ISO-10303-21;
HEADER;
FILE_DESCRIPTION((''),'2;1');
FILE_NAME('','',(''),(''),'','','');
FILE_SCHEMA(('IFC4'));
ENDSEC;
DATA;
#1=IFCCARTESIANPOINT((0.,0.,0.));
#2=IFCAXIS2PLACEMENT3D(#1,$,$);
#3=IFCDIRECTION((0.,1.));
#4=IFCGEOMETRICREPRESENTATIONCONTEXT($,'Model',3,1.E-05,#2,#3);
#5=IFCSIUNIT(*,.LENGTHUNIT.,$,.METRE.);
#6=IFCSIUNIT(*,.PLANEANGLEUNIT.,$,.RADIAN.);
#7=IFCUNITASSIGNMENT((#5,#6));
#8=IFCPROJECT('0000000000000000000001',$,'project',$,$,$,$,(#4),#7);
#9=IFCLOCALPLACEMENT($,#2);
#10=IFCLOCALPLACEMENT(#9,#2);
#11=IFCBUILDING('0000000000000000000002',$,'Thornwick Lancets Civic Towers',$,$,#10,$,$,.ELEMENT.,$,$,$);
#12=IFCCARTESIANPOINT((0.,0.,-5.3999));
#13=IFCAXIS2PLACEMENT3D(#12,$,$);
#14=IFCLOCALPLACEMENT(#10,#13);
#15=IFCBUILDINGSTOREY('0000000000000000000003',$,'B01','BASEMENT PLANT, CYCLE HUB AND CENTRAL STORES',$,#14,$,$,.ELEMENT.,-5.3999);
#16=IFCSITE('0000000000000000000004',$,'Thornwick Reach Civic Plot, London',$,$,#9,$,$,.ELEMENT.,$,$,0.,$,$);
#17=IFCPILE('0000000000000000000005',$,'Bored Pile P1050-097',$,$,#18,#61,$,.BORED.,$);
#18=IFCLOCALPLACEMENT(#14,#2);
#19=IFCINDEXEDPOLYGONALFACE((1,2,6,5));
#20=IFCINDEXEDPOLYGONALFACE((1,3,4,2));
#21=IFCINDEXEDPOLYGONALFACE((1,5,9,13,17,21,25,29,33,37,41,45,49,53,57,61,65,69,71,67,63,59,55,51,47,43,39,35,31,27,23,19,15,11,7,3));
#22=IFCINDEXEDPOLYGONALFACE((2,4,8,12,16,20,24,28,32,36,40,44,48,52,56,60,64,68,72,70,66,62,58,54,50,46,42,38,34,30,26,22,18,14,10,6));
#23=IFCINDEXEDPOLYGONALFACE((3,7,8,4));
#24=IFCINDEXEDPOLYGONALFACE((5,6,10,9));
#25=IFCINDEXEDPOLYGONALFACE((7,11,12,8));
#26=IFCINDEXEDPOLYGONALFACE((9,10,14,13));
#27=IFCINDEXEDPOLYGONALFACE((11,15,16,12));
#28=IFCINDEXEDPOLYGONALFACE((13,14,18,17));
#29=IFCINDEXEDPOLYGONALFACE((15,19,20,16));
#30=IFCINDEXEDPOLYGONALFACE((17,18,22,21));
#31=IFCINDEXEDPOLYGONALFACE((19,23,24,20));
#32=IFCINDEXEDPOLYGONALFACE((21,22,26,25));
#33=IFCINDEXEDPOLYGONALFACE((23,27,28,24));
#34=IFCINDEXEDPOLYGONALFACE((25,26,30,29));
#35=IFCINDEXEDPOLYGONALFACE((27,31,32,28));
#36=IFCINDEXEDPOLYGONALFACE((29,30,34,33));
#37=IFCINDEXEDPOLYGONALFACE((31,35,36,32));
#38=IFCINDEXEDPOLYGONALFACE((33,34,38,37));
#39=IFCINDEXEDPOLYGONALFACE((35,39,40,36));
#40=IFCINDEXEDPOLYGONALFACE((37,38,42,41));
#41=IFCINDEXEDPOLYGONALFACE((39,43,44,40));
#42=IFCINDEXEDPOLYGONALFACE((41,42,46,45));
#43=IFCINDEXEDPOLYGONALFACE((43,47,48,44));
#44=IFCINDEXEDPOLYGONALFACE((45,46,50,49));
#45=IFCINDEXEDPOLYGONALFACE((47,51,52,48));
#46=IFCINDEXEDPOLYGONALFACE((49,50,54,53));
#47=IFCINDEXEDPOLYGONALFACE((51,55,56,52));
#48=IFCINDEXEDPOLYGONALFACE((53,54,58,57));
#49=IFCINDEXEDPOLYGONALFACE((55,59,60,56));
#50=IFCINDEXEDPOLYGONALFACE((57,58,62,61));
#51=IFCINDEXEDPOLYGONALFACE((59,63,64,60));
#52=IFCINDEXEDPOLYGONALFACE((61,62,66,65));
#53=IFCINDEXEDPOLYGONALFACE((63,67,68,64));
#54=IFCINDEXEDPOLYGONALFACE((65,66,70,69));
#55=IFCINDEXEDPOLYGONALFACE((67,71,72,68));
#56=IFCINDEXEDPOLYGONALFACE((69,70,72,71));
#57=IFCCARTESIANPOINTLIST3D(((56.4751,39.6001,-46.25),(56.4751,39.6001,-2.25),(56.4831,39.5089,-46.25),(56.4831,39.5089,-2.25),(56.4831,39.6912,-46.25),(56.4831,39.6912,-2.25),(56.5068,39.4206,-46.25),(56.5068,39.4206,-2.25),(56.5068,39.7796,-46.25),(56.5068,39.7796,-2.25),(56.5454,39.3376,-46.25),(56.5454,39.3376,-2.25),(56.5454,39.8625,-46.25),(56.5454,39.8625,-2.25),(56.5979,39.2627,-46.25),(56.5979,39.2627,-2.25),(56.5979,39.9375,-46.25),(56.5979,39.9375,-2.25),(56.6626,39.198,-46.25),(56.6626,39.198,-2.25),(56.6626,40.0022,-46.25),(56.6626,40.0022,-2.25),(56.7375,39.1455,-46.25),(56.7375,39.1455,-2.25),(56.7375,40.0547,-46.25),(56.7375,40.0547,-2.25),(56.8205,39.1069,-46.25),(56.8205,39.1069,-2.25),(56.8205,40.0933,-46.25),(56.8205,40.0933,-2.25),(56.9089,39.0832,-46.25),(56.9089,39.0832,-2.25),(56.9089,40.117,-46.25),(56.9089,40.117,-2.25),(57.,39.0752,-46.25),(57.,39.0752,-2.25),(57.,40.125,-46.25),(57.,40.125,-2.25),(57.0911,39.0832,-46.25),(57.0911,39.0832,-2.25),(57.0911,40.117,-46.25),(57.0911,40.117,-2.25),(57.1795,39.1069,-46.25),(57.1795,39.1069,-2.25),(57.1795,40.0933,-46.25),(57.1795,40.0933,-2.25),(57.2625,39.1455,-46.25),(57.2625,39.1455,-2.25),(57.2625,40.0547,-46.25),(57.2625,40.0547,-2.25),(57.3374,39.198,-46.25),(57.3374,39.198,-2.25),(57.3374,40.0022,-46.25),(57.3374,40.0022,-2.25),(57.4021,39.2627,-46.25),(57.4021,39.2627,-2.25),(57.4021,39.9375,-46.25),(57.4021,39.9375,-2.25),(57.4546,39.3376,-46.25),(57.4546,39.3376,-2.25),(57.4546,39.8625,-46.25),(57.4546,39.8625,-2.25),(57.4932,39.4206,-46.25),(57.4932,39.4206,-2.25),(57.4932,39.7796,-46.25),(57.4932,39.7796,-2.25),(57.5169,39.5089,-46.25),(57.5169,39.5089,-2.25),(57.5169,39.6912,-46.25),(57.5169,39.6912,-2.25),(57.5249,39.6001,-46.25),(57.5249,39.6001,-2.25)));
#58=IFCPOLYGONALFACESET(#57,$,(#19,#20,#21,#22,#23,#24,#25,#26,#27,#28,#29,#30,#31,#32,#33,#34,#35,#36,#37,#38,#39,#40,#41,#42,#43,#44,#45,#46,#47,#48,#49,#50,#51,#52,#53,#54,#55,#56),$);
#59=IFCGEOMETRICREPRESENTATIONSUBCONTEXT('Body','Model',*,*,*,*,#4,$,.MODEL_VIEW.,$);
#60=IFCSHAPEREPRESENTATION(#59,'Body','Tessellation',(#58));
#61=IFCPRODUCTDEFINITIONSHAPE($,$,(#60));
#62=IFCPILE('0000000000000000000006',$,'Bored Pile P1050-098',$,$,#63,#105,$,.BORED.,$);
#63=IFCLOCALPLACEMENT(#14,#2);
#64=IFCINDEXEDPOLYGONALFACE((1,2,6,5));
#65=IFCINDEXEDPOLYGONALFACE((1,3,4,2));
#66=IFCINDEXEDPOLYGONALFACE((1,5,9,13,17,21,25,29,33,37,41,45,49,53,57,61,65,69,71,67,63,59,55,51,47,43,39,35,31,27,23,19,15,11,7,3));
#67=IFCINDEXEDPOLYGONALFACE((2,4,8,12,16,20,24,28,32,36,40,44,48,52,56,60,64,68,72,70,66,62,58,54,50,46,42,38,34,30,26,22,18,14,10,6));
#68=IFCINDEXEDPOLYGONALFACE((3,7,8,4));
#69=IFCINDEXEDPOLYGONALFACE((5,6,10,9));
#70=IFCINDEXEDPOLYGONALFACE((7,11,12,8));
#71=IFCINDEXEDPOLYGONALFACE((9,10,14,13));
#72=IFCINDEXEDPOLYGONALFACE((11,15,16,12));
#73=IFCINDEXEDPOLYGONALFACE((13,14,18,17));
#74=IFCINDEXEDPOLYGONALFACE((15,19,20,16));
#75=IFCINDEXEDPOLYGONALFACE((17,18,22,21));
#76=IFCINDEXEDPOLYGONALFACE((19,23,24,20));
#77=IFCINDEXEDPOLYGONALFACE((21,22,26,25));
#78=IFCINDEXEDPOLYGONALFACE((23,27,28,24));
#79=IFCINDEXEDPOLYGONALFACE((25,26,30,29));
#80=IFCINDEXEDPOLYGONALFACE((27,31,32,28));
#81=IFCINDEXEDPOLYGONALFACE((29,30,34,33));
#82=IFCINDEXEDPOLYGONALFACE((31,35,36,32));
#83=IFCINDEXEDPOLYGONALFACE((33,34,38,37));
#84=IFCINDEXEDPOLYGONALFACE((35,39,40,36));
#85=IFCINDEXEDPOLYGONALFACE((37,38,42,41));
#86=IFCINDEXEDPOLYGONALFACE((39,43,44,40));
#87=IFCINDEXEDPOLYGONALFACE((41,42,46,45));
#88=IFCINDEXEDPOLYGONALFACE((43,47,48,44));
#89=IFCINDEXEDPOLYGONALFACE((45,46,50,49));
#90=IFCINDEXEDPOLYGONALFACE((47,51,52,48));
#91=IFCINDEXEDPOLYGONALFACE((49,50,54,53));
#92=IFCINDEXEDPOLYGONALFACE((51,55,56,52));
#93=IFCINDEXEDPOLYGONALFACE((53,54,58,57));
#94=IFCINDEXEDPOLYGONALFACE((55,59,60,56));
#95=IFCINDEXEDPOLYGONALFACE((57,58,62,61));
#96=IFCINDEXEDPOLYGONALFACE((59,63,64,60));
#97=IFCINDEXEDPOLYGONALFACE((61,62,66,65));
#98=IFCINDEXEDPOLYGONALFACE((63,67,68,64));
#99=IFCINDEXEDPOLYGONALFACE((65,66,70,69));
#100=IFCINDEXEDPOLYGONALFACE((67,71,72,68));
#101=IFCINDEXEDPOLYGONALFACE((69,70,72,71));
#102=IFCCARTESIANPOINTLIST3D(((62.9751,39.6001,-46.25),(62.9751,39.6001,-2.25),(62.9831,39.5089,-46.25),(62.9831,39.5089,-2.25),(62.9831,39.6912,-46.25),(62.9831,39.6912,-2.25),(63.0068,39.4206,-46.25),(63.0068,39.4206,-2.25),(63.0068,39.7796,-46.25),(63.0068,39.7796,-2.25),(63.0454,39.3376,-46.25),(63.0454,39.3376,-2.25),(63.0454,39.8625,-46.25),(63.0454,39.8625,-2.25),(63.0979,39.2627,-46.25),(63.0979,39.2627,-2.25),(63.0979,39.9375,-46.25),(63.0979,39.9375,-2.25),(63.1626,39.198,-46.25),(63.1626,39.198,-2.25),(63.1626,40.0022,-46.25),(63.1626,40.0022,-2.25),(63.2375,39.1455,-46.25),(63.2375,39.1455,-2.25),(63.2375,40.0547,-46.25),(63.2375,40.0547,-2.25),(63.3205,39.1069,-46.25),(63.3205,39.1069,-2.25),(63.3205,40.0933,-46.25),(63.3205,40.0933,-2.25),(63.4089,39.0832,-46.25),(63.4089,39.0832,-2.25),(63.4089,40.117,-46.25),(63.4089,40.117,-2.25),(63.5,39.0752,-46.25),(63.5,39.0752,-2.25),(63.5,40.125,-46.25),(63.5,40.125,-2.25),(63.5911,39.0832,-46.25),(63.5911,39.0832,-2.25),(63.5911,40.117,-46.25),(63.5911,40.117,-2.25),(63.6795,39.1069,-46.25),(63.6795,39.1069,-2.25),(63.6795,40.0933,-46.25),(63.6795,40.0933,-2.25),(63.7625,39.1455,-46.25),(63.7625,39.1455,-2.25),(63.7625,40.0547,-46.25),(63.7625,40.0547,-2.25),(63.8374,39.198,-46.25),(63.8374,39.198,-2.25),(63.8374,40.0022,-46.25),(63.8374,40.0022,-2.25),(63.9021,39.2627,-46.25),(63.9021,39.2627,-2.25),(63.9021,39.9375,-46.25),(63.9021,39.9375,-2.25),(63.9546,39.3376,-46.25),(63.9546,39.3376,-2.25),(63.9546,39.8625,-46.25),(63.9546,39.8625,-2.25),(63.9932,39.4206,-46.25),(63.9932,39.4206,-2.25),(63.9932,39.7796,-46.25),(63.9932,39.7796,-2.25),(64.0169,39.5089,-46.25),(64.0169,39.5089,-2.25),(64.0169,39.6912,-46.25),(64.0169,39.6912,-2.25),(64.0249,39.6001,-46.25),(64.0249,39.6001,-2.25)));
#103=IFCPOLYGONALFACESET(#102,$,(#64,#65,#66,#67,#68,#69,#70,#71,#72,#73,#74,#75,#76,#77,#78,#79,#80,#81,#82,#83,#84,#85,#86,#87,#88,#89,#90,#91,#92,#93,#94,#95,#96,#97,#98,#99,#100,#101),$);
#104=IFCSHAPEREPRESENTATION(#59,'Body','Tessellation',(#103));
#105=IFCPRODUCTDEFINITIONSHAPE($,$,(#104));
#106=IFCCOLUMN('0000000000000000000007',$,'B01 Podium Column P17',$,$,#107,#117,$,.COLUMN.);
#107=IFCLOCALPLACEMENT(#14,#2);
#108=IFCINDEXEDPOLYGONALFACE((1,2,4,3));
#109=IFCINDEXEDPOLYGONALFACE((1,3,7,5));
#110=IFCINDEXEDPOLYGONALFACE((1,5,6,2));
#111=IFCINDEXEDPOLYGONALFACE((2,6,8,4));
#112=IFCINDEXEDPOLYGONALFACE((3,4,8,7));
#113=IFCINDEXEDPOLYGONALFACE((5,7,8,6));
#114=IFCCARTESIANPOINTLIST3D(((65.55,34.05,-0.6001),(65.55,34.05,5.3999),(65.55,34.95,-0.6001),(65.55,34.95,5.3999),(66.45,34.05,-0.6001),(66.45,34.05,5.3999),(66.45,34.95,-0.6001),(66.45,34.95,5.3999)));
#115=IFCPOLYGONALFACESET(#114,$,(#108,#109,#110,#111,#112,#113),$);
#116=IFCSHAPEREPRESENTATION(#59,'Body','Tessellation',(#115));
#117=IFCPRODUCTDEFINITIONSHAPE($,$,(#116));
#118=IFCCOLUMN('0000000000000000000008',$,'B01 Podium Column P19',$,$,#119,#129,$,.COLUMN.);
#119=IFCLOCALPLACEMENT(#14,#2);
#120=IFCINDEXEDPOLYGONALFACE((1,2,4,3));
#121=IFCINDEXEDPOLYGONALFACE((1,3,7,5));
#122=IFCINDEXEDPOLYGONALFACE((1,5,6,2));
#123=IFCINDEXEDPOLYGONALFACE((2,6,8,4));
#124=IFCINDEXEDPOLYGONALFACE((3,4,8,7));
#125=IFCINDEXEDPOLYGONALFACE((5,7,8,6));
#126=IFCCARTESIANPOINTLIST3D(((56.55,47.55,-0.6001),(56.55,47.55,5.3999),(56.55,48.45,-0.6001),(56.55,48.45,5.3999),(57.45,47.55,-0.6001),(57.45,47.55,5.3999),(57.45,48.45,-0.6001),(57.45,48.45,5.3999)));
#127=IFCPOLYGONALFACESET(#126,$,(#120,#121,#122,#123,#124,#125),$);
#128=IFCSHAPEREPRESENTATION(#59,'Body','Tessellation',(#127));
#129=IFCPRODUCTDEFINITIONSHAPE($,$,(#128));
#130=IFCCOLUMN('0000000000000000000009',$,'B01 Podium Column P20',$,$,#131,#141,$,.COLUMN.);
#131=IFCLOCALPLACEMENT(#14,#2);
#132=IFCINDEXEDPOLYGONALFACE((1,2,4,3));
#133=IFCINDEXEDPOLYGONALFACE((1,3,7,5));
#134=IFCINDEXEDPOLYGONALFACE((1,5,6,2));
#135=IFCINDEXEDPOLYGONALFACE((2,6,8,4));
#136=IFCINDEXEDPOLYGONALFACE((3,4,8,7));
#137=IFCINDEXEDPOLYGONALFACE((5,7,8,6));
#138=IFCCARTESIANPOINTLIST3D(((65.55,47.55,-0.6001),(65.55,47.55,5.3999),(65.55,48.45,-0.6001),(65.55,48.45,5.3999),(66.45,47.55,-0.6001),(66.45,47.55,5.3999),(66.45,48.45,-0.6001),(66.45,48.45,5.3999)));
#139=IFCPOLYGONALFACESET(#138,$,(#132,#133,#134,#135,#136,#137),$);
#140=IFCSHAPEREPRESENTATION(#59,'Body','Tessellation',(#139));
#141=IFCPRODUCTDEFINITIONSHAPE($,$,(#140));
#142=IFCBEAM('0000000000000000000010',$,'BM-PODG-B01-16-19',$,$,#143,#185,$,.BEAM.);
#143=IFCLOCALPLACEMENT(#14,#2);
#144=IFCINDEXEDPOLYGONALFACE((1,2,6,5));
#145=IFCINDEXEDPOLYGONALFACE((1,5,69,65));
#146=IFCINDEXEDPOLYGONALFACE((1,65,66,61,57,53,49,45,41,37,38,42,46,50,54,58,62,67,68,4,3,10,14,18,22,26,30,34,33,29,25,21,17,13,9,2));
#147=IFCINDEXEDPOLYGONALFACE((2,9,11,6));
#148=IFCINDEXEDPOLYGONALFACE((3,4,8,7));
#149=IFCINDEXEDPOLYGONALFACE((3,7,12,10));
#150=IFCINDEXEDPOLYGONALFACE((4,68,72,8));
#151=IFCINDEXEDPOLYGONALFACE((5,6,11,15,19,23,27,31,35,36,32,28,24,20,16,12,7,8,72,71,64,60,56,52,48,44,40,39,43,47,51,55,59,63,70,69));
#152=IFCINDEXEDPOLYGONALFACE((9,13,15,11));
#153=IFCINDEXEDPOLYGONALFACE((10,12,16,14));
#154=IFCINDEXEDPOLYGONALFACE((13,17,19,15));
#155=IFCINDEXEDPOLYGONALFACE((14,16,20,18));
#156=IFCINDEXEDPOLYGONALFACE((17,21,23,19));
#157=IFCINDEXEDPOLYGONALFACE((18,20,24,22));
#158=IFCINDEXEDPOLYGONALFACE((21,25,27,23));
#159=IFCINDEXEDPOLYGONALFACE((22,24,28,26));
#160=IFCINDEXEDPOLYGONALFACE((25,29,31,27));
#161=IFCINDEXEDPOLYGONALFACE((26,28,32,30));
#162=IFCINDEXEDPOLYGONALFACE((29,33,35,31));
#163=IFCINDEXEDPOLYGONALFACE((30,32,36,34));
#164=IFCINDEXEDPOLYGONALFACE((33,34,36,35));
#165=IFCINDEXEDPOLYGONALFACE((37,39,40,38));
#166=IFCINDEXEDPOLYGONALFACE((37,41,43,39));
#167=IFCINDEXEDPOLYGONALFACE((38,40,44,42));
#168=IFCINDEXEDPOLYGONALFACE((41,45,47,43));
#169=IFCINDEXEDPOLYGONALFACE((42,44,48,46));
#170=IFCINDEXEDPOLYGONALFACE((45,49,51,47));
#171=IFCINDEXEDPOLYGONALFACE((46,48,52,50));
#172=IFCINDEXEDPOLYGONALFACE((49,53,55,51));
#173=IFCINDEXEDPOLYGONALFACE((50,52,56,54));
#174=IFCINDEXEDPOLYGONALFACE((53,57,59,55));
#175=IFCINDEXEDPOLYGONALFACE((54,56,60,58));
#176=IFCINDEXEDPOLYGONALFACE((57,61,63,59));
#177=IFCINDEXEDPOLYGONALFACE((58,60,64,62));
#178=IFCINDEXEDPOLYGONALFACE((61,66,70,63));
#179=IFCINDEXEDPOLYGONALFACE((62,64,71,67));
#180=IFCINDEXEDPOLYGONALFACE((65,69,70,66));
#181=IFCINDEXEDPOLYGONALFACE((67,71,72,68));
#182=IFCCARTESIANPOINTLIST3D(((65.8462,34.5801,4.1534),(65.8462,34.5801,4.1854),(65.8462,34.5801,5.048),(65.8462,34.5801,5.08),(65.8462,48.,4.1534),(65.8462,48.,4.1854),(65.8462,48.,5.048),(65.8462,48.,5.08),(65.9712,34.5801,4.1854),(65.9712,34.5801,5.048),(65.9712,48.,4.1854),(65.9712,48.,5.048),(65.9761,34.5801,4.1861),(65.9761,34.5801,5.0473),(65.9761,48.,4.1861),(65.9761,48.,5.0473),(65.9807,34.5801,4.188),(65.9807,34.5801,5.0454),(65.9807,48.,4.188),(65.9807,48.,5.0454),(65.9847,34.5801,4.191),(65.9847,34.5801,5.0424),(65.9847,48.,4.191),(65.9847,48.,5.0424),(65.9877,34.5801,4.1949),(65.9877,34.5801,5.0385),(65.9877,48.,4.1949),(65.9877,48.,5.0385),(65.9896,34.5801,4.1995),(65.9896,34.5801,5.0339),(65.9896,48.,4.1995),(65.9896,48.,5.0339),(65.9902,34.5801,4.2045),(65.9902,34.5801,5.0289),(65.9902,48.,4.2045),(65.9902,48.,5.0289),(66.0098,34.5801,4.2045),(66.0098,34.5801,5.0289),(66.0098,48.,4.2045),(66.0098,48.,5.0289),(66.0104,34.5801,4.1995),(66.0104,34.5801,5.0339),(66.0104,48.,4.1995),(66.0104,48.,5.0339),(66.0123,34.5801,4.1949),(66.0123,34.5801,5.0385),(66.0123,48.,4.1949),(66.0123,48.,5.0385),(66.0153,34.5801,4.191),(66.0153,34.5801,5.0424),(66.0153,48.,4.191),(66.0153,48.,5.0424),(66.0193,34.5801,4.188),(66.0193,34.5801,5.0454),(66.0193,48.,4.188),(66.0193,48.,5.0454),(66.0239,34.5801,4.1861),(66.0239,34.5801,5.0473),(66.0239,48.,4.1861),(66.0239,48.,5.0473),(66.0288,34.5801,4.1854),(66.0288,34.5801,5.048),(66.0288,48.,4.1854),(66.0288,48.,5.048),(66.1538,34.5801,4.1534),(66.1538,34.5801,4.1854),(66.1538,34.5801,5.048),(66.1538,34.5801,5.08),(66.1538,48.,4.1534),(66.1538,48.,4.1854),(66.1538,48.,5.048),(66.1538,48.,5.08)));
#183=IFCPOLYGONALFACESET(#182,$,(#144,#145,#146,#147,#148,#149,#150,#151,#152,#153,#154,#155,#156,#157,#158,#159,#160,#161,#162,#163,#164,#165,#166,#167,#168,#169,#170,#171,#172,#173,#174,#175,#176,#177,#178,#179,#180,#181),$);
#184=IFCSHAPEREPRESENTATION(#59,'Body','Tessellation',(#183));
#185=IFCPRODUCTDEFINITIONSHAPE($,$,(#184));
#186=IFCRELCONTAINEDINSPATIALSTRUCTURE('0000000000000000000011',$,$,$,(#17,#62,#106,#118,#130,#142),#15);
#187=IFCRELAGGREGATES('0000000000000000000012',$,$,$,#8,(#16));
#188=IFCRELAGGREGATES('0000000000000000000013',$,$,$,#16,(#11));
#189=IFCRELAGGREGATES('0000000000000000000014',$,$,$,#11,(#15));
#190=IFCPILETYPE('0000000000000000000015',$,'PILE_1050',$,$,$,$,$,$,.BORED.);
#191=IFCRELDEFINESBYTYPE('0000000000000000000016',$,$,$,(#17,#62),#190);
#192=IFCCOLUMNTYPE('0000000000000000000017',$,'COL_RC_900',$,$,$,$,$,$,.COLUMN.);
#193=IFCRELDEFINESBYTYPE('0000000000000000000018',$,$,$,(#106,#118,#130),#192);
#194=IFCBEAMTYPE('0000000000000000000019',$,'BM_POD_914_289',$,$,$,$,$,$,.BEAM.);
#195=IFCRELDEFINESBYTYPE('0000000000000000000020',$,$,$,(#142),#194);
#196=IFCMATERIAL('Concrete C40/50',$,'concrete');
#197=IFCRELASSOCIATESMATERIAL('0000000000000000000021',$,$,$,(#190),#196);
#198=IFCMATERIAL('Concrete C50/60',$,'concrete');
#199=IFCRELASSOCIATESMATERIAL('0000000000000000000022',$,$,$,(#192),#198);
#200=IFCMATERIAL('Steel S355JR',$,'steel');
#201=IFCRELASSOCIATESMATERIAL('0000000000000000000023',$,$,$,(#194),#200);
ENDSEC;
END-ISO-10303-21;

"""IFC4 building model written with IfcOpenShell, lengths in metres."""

from ifc_helpers import new_model, si_unit, direction, frame, origin, origin_2d, place, context, subcontext, project, spatial, rectangle, circle, i_section, extrude, material, material_profile, profile_set, type_object, element, save


model = new_model("IFC4")

# Units and contexts
model_context = context("Model", 3, precision=1e-05, world=origin(), true_north=direction((0.0, 1.0)))
body_context = subcontext(model_context, "Body", "Model", "MODEL_VIEW")
ifc_project = project(units=[si_unit("LENGTHUNIT", "METRE"), si_unit("PLANEANGLEUNIT", "RADIAN")], contexts=[model_context])

# Site, building, storey
site_placement = place(None, origin())
site = spatial("IfcSite", under=ifc_project, at=site_placement, Name="Thornwick Reach Civic Plot, London", CompositionType="ELEMENT", RefElevation=0.0)
building_placement = place(site_placement, origin())
building = spatial("IfcBuilding", under=site, at=building_placement, Name="Thornwick Lancets Civic Towers", CompositionType="ELEMENT")
storey_placement = place(building_placement, frame((0.0, 0.0, -5.3999)))
storey = spatial("IfcBuildingStorey", under=building, at=storey_placement, Name="B01", Description="BASEMENT PLANT, CYCLE HUB AND CENTRAL STORES", CompositionType="ELEMENT", Elevation=-5.3999)

# Shared definitions
ifc_material_1 = material(Name="Concrete C40/50", Category="concrete")

# Piles
ifc_material_profile_1 = material_profile(ifc_material_1, circle(Radius=0.5249, at=origin_2d()), Name="PILE D1050")
ifc_profile_set_1 = profile_set([ifc_material_profile_1], Name="Concrete C40/50")
pile_type = type_object("IfcPileType", Name="PILE_1050", PredefinedType="BORED", material=ifc_profile_set_1)
for number, where, z_axis, x_axis, name in (
    (1, (57.0, 39.6001, -2.25), (0.0, 0.0, -1.0), (1.0, 0.0, 0.0), "Bored Pile P1050-097"),
    (2, (63.5, 39.6001, -2.25), (0.0, 0.0, -1.0), (1.0, 0.0, 0.0), "Bored Pile P1050-098"),
):
    element("IfcPile", number, at=place(storey_placement, frame(where, z_axis=z_axis, x_axis=x_axis)), inside=storey, type_object=pile_type, Name=name, PredefinedType="BORED", context=body_context, shape_type="SweptSolid", body=[
        extrude(circle(Radius=0.5249, at=origin_2d()), origin(), (0.0, 0.0, 1.0), 44.0),
    ])

# Columns
ifc_material_2 = material(Name="Concrete C50/60", Category="concrete")
ifc_material_profile_2 = material_profile(ifc_material_2, rectangle(XDim=0.8999, YDim=0.8999, at=origin_2d()), Name="RC 900x900")
ifc_profile_set_2 = profile_set([ifc_material_profile_2], Name="Concrete C50/60")
column_type = type_object("IfcColumnType", Name="COL_RC_900", PredefinedType="COLUMN", material=ifc_profile_set_2)
for number, where, z_axis, x_axis, name in (
    (3, (66.0, 34.5, -0.6001), (0.0, 0.0, 1.0), (1.0, 0.0, 0.0), "B01 Podium Column P17"),
    (4, (57.0, 48.0, -0.6001), (0.0, 0.0, 1.0), (1.0, 0.0, 0.0), "B01 Podium Column P19"),
    (5, (66.0, 48.0, -0.6001), (0.0, 0.0, 1.0), (1.0, 0.0, 0.0), "B01 Podium Column P20"),
):
    element("IfcColumn", number, at=place(storey_placement, frame(where, z_axis=z_axis, x_axis=x_axis)), inside=storey, type_object=column_type, Name=name, PredefinedType="COLUMN", context=body_context, shape_type="SweptSolid", body=[
        extrude(rectangle(XDim=0.8999, YDim=0.8999, at=origin_2d()), origin(), (0.0, 0.0, 1.0), 6.0),
    ])

# Beam
ifc_material_3 = material(Name="Steel S355JR", Category="steel")
ifc_material_profile_3 = material_profile(ifc_material_3, i_section(OverallWidth=0.3076, OverallDepth=0.9265, WebThickness=0.0195, FlangeThickness=0.032, FilletRadius=0.019, at=origin_2d()), Name="UKB 914x305x289")
ifc_profile_set_3 = profile_set([ifc_material_profile_3], Name="Steel S355JR")
beam_type_1 = type_object("IfcBeamType", Name="BM_POD_914_289", PredefinedType="BEAM", material=ifc_profile_set_3)
beam_1_placement = place(storey_placement, frame((66.0, 34.5801, 4.6167), z_axis=(0.0, 1.0, 0.0), x_axis=(-1.0, 0.0, 0.0)))
element("IfcBeam", 6, at=beam_1_placement, inside=storey, type_object=beam_type_1, Name="BM-PODG-B01-16-19", PredefinedType="BEAM", context=body_context, shape_type="SweptSolid", body=[
    extrude(i_section(OverallWidth=0.3076, OverallDepth=0.9265, WebThickness=0.0195, FlangeThickness=0.032, FilletRadius=0.019, at=origin_2d()), origin(), (0.0, 0.0, 1.0), 13.4199),
])

save(model, "model.ifc")
